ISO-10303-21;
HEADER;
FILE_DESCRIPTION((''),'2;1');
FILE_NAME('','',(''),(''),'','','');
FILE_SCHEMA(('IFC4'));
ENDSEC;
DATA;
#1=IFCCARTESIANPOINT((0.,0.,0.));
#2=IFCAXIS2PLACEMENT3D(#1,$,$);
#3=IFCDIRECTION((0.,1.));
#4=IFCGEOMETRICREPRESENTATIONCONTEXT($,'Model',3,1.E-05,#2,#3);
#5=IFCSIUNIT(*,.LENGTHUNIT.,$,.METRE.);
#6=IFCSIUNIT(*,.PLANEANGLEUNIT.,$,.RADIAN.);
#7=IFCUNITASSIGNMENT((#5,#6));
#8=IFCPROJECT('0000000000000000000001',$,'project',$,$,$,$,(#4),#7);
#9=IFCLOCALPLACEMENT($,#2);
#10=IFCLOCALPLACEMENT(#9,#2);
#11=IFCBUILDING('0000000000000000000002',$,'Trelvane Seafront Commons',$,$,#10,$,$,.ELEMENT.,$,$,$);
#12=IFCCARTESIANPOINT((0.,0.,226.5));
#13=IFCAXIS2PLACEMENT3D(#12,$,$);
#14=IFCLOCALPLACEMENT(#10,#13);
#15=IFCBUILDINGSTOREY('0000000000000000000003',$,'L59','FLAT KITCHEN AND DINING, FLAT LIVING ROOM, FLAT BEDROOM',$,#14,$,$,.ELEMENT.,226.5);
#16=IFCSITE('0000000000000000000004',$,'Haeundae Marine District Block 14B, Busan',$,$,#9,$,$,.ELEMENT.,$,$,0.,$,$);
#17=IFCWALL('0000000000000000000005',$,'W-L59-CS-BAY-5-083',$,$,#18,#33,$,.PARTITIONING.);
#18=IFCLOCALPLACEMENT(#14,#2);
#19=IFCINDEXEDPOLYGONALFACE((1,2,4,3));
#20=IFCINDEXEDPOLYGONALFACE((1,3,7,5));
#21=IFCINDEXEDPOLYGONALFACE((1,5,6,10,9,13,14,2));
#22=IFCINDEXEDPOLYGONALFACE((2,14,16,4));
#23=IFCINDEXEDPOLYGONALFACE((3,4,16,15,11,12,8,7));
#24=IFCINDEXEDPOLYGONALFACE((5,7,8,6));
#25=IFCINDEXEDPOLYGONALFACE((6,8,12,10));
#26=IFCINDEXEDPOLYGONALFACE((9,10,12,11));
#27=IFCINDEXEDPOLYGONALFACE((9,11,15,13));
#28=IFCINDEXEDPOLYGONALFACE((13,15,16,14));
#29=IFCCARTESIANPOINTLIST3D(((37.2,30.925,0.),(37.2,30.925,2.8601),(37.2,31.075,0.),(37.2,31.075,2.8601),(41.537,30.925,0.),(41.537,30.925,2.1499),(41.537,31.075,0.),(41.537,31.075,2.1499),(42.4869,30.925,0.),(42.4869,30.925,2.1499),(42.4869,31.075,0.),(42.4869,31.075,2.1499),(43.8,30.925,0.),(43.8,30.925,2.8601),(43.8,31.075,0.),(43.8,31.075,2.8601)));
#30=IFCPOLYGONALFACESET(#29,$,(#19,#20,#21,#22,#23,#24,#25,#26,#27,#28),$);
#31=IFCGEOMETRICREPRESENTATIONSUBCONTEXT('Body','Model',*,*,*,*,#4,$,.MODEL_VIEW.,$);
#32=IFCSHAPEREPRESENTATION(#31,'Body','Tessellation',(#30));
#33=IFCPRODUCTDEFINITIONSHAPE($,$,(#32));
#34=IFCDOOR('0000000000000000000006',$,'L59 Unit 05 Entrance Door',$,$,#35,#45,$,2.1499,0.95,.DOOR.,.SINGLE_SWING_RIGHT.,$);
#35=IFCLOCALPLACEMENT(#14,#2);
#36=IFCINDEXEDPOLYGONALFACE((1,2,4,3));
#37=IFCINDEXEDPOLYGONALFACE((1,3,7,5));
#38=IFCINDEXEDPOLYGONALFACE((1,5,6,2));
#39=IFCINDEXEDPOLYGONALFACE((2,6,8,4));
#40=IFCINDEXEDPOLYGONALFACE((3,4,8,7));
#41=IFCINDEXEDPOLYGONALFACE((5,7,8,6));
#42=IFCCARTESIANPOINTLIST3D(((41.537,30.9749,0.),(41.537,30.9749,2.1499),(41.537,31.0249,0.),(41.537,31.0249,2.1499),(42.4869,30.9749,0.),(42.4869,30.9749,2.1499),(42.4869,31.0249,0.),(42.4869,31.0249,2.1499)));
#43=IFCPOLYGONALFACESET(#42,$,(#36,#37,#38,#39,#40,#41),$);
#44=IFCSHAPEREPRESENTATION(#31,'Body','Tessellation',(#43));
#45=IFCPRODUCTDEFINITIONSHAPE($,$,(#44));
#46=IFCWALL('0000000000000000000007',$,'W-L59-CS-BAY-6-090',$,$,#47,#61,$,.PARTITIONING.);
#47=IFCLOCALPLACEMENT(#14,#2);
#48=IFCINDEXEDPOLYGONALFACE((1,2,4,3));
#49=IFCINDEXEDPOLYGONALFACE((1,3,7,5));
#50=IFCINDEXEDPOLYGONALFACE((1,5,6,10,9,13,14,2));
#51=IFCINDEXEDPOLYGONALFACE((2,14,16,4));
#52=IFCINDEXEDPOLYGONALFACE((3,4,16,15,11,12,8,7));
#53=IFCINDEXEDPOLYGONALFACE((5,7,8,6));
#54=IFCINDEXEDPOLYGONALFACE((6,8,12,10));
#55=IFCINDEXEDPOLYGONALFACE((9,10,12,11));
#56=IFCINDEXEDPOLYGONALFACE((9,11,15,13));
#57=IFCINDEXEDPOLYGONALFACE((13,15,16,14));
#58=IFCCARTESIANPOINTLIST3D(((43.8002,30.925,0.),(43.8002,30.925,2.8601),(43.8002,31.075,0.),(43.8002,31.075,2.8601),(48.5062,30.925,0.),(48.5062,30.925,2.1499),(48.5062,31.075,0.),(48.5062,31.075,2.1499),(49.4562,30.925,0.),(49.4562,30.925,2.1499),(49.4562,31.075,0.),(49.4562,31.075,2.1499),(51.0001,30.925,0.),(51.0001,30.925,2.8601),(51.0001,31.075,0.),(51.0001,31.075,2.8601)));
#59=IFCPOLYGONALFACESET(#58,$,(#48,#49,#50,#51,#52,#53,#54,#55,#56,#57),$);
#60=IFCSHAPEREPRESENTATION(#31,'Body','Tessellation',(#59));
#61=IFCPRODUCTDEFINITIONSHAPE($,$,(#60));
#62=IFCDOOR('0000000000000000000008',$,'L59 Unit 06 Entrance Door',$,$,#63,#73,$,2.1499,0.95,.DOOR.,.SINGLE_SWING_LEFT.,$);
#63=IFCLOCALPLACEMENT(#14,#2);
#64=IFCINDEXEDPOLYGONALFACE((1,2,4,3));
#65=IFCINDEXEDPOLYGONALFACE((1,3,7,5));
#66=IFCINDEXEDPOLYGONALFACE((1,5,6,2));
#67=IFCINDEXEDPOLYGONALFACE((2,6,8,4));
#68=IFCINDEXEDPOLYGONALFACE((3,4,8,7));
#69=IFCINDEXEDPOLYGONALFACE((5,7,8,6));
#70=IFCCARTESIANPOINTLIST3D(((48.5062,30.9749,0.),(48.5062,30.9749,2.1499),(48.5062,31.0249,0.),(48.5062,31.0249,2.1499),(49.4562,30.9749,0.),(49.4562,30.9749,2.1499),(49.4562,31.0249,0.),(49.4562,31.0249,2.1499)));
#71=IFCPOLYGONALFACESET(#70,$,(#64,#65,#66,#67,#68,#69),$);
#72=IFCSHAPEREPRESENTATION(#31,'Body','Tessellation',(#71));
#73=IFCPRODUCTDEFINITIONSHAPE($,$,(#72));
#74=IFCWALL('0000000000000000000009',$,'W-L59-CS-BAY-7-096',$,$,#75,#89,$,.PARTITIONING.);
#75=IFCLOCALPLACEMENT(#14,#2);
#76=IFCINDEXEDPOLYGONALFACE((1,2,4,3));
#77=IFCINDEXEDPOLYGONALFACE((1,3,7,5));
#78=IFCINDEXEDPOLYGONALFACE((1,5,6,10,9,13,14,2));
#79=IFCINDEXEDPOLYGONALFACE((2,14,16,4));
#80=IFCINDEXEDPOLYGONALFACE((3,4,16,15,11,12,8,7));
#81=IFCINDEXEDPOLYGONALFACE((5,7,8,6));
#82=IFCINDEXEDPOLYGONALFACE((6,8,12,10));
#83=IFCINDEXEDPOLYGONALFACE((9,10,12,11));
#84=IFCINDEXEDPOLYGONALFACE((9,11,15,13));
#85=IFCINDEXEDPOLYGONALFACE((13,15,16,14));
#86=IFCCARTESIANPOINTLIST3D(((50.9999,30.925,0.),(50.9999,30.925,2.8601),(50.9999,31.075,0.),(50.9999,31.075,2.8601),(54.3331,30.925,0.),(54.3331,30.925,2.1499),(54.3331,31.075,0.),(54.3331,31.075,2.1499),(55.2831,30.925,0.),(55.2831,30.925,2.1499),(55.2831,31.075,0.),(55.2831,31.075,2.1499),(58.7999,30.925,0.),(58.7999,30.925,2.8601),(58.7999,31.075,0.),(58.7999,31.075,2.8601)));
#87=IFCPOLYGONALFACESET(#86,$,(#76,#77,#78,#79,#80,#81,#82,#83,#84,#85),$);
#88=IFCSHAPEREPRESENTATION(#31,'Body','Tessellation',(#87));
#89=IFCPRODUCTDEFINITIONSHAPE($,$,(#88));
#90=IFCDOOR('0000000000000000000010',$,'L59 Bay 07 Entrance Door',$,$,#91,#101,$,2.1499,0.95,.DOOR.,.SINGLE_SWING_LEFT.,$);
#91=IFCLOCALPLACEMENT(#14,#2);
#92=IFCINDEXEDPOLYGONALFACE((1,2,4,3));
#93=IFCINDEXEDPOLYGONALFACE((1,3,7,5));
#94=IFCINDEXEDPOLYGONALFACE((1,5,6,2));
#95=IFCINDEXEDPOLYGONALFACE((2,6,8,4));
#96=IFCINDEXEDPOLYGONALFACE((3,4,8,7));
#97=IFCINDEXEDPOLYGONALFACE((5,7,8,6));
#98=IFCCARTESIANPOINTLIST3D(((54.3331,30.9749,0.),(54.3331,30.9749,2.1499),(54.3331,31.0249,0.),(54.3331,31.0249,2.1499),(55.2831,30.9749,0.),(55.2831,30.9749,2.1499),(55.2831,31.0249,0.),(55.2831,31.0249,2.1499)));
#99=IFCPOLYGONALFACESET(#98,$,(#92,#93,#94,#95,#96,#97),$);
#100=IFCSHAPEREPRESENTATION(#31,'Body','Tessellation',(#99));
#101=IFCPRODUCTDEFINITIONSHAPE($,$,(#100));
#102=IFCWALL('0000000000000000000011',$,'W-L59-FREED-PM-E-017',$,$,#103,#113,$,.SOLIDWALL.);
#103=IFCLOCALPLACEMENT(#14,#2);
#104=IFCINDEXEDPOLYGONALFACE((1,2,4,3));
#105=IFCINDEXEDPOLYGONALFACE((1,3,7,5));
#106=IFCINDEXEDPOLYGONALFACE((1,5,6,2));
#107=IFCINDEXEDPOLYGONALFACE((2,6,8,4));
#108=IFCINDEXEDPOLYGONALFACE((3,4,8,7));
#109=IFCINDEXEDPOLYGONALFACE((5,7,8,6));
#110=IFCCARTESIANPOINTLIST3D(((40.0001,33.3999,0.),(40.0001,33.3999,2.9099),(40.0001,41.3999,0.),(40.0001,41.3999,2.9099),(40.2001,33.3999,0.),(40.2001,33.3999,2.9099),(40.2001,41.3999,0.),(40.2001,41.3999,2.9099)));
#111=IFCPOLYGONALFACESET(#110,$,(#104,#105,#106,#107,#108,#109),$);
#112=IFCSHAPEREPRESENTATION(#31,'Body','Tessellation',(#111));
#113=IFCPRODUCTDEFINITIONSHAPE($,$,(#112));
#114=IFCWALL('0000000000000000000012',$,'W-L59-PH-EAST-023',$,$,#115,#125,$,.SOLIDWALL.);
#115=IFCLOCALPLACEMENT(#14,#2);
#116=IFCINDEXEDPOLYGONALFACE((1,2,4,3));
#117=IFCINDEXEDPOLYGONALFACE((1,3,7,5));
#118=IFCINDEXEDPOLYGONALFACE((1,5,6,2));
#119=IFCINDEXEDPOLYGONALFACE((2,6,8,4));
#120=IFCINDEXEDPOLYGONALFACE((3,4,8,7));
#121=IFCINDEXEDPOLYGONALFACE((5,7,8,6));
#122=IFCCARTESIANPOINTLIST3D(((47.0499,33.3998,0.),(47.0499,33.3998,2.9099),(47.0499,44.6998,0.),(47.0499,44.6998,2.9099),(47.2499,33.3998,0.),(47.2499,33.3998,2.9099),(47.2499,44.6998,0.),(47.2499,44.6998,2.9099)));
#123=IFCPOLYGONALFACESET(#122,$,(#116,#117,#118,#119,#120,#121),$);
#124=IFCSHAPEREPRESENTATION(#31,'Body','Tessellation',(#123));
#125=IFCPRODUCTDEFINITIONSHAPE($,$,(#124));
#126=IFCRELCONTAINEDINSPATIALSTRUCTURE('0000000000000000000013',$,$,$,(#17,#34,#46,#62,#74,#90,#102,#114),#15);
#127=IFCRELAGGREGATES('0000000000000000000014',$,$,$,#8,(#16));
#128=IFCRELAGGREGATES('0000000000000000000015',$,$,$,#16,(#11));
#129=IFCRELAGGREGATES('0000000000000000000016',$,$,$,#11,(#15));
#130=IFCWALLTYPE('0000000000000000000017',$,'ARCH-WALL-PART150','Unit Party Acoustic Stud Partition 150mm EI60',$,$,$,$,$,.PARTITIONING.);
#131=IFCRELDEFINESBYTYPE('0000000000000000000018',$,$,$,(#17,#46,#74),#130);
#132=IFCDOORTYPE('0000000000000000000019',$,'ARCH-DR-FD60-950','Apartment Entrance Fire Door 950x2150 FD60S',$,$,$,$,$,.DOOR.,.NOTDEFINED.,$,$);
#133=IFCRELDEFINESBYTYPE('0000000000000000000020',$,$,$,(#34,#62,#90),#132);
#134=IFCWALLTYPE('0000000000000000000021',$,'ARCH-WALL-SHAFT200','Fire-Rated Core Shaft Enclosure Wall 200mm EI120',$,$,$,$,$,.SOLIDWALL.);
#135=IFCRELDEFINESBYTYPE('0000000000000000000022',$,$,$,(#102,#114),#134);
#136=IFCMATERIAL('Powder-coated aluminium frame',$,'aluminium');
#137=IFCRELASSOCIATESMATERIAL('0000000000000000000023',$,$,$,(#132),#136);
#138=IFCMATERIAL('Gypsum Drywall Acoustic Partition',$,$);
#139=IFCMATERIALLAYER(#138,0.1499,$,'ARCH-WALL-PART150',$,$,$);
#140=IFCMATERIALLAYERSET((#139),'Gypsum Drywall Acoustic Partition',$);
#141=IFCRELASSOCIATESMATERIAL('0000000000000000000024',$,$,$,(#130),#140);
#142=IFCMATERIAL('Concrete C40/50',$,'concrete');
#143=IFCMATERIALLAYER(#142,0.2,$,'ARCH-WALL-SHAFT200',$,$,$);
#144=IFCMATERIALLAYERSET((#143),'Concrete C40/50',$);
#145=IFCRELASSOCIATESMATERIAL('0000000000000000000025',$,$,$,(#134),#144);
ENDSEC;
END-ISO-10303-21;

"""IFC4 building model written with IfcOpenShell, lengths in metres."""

from ifc_helpers import new_model, si_unit, direction, frame, frame_2d, origin, place, context, subcontext, project, spatial, rectangle, extrude, source, transform, mapped, material, layer, layer_set, type_object, element, fill, save


model = new_model("IFC4")

# Units and contexts
model_context = context("Model", 3, precision=1e-05, world=origin(), true_north=direction((0.0, 1.0)))
body_context = subcontext(model_context, "Body", "Model", "MODEL_VIEW")
ifc_project = project(units=[si_unit("LENGTHUNIT", "METRE"), si_unit("PLANEANGLEUNIT", "RADIAN")], contexts=[model_context])

# Site, building, storey
site_placement = place(None, origin())
site = spatial("IfcSite", under=ifc_project, at=site_placement, Name="Haeundae Marine District Block 14B, Busan", CompositionType="ELEMENT", RefElevation=0.0)
building_placement = place(site_placement, origin())
building = spatial("IfcBuilding", under=site, at=building_placement, Name="Trelvane Seafront Commons", CompositionType="ELEMENT")
storey_placement = place(building_placement, frame((0.0, 0.0, 226.5)))
storey = spatial("IfcBuildingStorey", under=building, at=storey_placement, Name="L59", Description="FLAT KITCHEN AND DINING, FLAT LIVING ROOM, FLAT BEDROOM", CompositionType="ELEMENT", Elevation=226.5)

# Shared definitions
ifc_material_1 = material(Name="Concrete C40/50", Category="concrete")
ifc_material_2 = material(Name="Powder-coated aluminium frame", Category="aluminium")

# Shared definitions
door_type_1 = type_object("IfcDoorType", Name="ARCH-DR-FD60-950", Description="Apartment Entrance Fire Door 950x2150 FD60S", OperationType="NOTDEFINED", PredefinedType="DOOR", material=ifc_material_2)
shared_shape_1 = source(origin(), body_context, "Body", "SweptSolid", [
    extrude(rectangle(XDim=0.95, YDim=2.1499, at=frame_2d((0.4751, 1.075))), frame((0.0, 0.0249, 0.0), z_axis=(0.0, -1.0, 0.0), x_axis=(1.0, 0.0, 0.0)), (0.0, 0.0, 1.0), 0.05),
])
ifc_material_3 = material(Name="Gypsum Drywall Acoustic Partition")

# Walls, openings, doors
ifc_layer_1 = layer(ifc_material_3, 0.1499, Name="ARCH-WALL-PART150")
ifc_layer_set_1 = layer_set([ifc_layer_1], Name="Gypsum Drywall Acoustic Partition")
wall_type_1 = type_object("IfcWallType", Name="ARCH-WALL-PART150", Description="Unit Party Acoustic Stud Partition 150mm EI60", PredefinedType="PARTITIONING", material=ifc_layer_set_1)
wall_1_placement = place(storey_placement, frame((37.2, 31.0, 0.0), z_axis=(0.0, 0.0, 1.0), x_axis=(1.0, 0.0, 0.0)))
wall_1 = element("IfcWall", 1, at=wall_1_placement, inside=storey, type_object=wall_type_1, Name="W-L59-CS-BAY-5-083", PredefinedType="PARTITIONING", context=body_context, shape_type="SweptSolid", body=[
    extrude(rectangle(XDim=6.6001, YDim=0.1499, at=frame_2d((3.3, 0.0))), origin(), (0.0, 0.0, 1.0), 2.8601),
])
opening_1_placement = place(wall_1_placement, frame((4.3369, 0.0, 0.0)))
opening_1 = element("IfcOpeningElement", 2, at=opening_1_placement, cuts=wall_1, PredefinedType="OPENING", context=body_context, shape_type="SweptSolid", body=[
    extrude(rectangle(XDim=0.95, YDim=2.1499, at=frame_2d((0.4751, 1.075))), frame((0.0, 0.085, 0.0), z_axis=(0.0, -1.0, 0.0), x_axis=(1.0, 0.0, 0.0)), (0.0, 0.0, 1.0), 0.1699),
])
door_1_placement = place(opening_1_placement, origin())
door_1 = element("IfcDoor", 3, at=door_1_placement, inside=storey, type_object=door_type_1, Name="L59 Unit 05 Entrance Door", OperationType="SINGLE_SWING_RIGHT", OverallHeight=2.1499, OverallWidth=0.95, PredefinedType="DOOR", context=body_context, shape_type="MappedRepresentation", body=[
    mapped(shared_shape_1, transform((0.0, 0.0, 0.0), x_axis=(1.0, 0.0, 0.0), y_axis=(0.0, 1.0, 0.0), z_axis=(0.0, 0.0, 1.0), scale=1.0)),
])
fill(opening_1, door_1)
wall_2_placement = place(storey_placement, frame((43.8, 31.0, 0.0), z_axis=(0.0, 0.0, 1.0), x_axis=(1.0, 0.0, 0.0)))
wall_2 = element("IfcWall", 4, at=wall_2_placement, inside=storey, type_object=wall_type_1, Name="W-L59-CS-BAY-6-090", PredefinedType="PARTITIONING", context=body_context, shape_type="SweptSolid", body=[
    extrude(rectangle(XDim=7.2, YDim=0.1499, at=frame_2d((3.6001, 0.0))), origin(), (0.0, 0.0, 1.0), 2.8601),
])
opening_2_placement = place(wall_2_placement, frame((4.7061, 0.0, 0.0)))
opening_2 = element("IfcOpeningElement", 5, at=opening_2_placement, cuts=wall_2, PredefinedType="OPENING", context=body_context, shape_type="SweptSolid", body=[
    extrude(rectangle(XDim=0.95, YDim=2.1499, at=frame_2d((0.4751, 1.075))), frame((0.0, 0.085, 0.0), z_axis=(0.0, -1.0, 0.0), x_axis=(1.0, 0.0, 0.0)), (0.0, 0.0, 1.0), 0.1699),
])
door_2_placement = place(opening_2_placement, origin())
door_2 = element("IfcDoor", 6, at=door_2_placement, inside=storey, type_object=door_type_1, Name="L59 Unit 06 Entrance Door", OperationType="SINGLE_SWING_LEFT", OverallHeight=2.1499, OverallWidth=0.95, PredefinedType="DOOR", context=body_context, shape_type="MappedRepresentation", body=[
    mapped(shared_shape_1, transform((0.0, 0.0, 0.0), x_axis=(1.0, 0.0, 0.0), y_axis=(0.0, 1.0, 0.0), z_axis=(0.0, 0.0, 1.0), scale=1.0)),
])
fill(opening_2, door_2)
wall_3_placement = place(storey_placement, frame((51.0, 31.0, 0.0), z_axis=(0.0, 0.0, 1.0), x_axis=(1.0, 0.0, 0.0)))
wall_3 = element("IfcWall", 7, at=wall_3_placement, inside=storey, type_object=wall_type_1, Name="W-L59-CS-BAY-7-096", PredefinedType="PARTITIONING", context=body_context, shape_type="SweptSolid", body=[
    extrude(rectangle(XDim=7.8, YDim=0.1499, at=frame_2d((3.8999, 0.0))), origin(), (0.0, 0.0, 1.0), 2.8601),
])
opening_3_placement = place(wall_3_placement, frame((3.333, 0.0, 0.0)))
opening_3 = element("IfcOpeningElement", 8, at=opening_3_placement, cuts=wall_3, PredefinedType="OPENING", context=body_context, shape_type="SweptSolid", body=[
    extrude(rectangle(XDim=0.95, YDim=2.1499, at=frame_2d((0.4751, 1.075))), frame((0.0, 0.085, 0.0), z_axis=(0.0, -1.0, 0.0), x_axis=(1.0, 0.0, 0.0)), (0.0, 0.0, 1.0), 0.1699),
])
door_3_placement = place(opening_3_placement, origin())
door_3 = element("IfcDoor", 9, at=door_3_placement, inside=storey, type_object=door_type_1, Name="L59 Bay 07 Entrance Door", OperationType="SINGLE_SWING_LEFT", OverallHeight=2.1499, OverallWidth=0.95, PredefinedType="DOOR", context=body_context, shape_type="MappedRepresentation", body=[
    mapped(shared_shape_1, transform((0.0, 0.0, 0.0), x_axis=(1.0, 0.0, 0.0), y_axis=(0.0, 1.0, 0.0), z_axis=(0.0, 0.0, 1.0), scale=1.0)),
])
fill(opening_3, door_3)

# Walls
ifc_layer_2 = layer(ifc_material_1, 0.2, Name="ARCH-WALL-SHAFT200")
ifc_layer_set_2 = layer_set([ifc_layer_2], Name="Concrete C40/50")
wall_type_2 = type_object("IfcWallType", Name="ARCH-WALL-SHAFT200", Description="Fire-Rated Core Shaft Enclosure Wall 200mm EI120", PredefinedType="SOLIDWALL", material=ifc_layer_set_2)
wall_4_placement = place(storey_placement, frame((40.1001, 33.3999, 0.0), z_axis=(0.0, 0.0, 1.0), x_axis=(0.0, 1.0, 0.0)))
element("IfcWall", 10, at=wall_4_placement, inside=storey, type_object=wall_type_2, Name="W-L59-FREED-PM-E-017", PredefinedType="SOLIDWALL", context=body_context, shape_type="SweptSolid", body=[
    extrude(rectangle(XDim=8.0, YDim=0.2, at=frame_2d((4.0, 0.0))), origin(), (0.0, 0.0, 1.0), 2.9099),
])
wall_5_placement = place(storey_placement, frame((47.1499, 33.3999, 0.0), z_axis=(0.0, 0.0, 1.0), x_axis=(0.0, 1.0, 0.0)))
element("IfcWall", 11, at=wall_5_placement, inside=storey, type_object=wall_type_2, Name="W-L59-PH-EAST-023", PredefinedType="SOLIDWALL", context=body_context, shape_type="SweptSolid", body=[
    extrude(rectangle(XDim=11.3, YDim=0.2, at=frame_2d((5.6499, 0.0))), origin(), (0.0, 0.0, 1.0), 2.9099),
])

save(model, "model.ifc")
